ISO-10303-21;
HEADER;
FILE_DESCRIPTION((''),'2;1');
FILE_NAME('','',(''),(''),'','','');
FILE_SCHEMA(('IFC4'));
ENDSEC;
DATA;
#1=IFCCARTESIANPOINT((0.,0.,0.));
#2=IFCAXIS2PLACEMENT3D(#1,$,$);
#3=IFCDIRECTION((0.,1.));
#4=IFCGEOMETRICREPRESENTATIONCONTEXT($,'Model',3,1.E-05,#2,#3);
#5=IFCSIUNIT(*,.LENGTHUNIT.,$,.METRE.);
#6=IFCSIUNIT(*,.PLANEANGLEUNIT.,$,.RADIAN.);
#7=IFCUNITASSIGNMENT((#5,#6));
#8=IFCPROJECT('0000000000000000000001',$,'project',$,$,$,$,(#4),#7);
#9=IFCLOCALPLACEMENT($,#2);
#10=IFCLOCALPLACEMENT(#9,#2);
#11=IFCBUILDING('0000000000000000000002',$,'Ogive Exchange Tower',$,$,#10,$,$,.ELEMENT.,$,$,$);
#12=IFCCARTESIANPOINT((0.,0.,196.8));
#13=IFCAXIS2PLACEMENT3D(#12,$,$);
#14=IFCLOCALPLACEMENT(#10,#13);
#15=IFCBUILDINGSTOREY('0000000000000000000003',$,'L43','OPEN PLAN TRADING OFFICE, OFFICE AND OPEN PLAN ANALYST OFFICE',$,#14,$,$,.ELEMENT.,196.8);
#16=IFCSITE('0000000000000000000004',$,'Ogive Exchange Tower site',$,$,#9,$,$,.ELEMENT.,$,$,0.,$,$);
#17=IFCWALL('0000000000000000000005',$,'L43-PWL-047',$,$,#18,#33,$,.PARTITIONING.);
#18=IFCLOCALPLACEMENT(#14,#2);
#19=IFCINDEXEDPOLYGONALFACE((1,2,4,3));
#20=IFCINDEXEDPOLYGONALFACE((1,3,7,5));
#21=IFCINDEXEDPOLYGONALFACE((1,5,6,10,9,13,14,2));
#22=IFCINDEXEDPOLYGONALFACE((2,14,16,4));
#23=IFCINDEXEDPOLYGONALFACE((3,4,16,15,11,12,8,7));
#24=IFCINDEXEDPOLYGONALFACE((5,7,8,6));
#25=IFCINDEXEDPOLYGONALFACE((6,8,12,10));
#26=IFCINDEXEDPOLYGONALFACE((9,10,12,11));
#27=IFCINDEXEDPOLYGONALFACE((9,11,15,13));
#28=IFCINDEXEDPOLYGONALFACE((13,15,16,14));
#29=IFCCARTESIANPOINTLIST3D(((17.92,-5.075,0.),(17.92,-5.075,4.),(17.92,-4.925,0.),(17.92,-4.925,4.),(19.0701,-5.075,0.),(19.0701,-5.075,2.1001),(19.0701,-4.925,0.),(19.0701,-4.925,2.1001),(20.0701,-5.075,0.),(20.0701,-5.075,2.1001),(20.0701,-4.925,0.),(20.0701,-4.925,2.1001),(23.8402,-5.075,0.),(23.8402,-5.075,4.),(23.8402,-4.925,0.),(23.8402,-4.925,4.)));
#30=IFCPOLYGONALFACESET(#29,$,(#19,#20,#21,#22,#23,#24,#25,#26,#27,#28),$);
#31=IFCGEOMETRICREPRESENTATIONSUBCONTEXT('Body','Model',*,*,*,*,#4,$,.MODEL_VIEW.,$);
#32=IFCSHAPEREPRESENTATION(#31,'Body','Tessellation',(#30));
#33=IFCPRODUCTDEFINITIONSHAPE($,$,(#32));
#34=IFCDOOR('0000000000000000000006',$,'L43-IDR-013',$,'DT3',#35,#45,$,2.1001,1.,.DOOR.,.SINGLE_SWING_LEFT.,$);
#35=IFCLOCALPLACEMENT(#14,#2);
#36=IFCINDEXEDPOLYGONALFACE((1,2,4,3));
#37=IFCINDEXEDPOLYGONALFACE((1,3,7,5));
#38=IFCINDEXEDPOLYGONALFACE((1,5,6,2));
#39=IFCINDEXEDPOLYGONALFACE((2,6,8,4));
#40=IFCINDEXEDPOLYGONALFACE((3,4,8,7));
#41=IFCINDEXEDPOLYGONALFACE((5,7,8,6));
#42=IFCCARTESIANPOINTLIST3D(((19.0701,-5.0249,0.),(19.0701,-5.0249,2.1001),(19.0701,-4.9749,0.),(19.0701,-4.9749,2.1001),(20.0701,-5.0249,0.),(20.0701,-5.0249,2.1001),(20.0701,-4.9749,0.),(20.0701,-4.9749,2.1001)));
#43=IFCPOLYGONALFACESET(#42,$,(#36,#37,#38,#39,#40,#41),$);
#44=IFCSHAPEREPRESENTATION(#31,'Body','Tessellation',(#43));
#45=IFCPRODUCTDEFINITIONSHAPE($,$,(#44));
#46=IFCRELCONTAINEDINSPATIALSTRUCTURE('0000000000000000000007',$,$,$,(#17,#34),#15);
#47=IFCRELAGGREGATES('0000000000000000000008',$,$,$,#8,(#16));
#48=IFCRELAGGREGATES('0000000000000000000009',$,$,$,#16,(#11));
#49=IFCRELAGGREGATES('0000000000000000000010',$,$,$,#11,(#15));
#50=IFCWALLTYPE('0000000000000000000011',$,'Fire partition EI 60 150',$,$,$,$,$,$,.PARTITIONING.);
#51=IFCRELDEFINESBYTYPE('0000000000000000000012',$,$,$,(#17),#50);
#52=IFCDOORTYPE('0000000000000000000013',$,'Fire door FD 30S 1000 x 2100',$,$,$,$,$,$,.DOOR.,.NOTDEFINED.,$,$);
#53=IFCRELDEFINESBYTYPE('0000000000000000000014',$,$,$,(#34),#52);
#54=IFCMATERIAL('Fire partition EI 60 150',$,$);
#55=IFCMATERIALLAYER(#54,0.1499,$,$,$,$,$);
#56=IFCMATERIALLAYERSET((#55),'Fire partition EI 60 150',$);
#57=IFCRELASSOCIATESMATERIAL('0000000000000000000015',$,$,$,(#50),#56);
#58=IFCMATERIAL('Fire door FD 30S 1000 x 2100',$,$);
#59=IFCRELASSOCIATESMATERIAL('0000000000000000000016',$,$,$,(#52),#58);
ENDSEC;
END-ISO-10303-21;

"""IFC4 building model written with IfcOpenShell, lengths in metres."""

from ifc_helpers import new_model, si_unit, direction, frame, frame_2d, origin, place, context, subcontext, project, spatial, rectangle, extrude, material, layer, layer_set, type_object, element, fill, save


model = new_model("IFC4")

# Units and contexts
model_context = context("Model", 3, precision=1e-05, world=origin(), true_north=direction((0.0, 1.0)))
body_context = subcontext(model_context, "Body", "Model", "MODEL_VIEW")
ifc_project = project(units=[si_unit("LENGTHUNIT", "METRE"), si_unit("PLANEANGLEUNIT", "RADIAN")], contexts=[model_context])

# Site, building, storey
site_placement = place(None, origin())
site = spatial("IfcSite", under=ifc_project, at=site_placement, Name="Ogive Exchange Tower site", CompositionType="ELEMENT", RefElevation=0.0)
building_placement = place(site_placement, origin())
building = spatial("IfcBuilding", under=site, at=building_placement, Name="Ogive Exchange Tower", CompositionType="ELEMENT")
storey_placement = place(building_placement, frame((0.0, 0.0, 196.8)))
storey = spatial("IfcBuildingStorey", under=building, at=storey_placement, Name="L43", Description="OPEN PLAN TRADING OFFICE, OFFICE AND OPEN PLAN ANALYST OFFICE", CompositionType="ELEMENT", Elevation=196.8)

# Wall, opening, door
ifc_material_1 = material(Name="Fire partition EI 60 150")
ifc_layer_1 = layer(ifc_material_1, 0.1499)
ifc_layer_set_1 = layer_set([ifc_layer_1], Name="Fire partition EI 60 150")
wall_type_1 = type_object("IfcWallType", Name="Fire partition EI 60 150", PredefinedType="PARTITIONING", material=ifc_layer_set_1)
wall_1_placement = place(storey_placement, frame((23.8401, -5.0, 0.0), z_axis=(0.0, 0.0, 1.0), x_axis=(-1.0, 0.0, 0.0)))
wall_1 = element("IfcWall", 1, at=wall_1_placement, inside=storey, type_object=wall_type_1, Name="L43-PWL-047", PredefinedType="PARTITIONING", context=body_context, shape_type="SweptSolid", body=[
    extrude(rectangle(XDim=5.9202, YDim=0.1499, at=frame_2d((2.96, 0.0))), origin(), (0.0, 0.0, 1.0), 4.0),
])
opening_1_placement = place(wall_1_placement, frame((3.77, 0.0, 0.0)))
opening_1 = element("IfcOpeningElement", 2, at=opening_1_placement, cuts=wall_1, PredefinedType="OPENING", context=body_context, shape_type="SweptSolid", body=[
    extrude(rectangle(XDim=1.0, YDim=2.1001, at=frame_2d((0.5, 1.05))), frame((0.0, 0.085, 0.0), z_axis=(0.0, -1.0, 0.0), x_axis=(1.0, 0.0, 0.0)), (0.0, 0.0, 1.0), 0.1699),
])
ifc_material_2 = material(Name="Fire door FD 30S 1000 x 2100")
door_type_1 = type_object("IfcDoorType", Name="Fire door FD 30S 1000 x 2100", OperationType="NOTDEFINED", PredefinedType="DOOR", material=ifc_material_2)
door_1_placement = place(opening_1_placement, origin())
door_1 = element("IfcDoor", 3, at=door_1_placement, inside=storey, type_object=door_type_1, Name="L43-IDR-013", ObjectType="DT3", OperationType="SINGLE_SWING_LEFT", OverallHeight=2.1001, OverallWidth=1.0, PredefinedType="DOOR", context=body_context, shape_type="SweptSolid", body=[
    extrude(rectangle(XDim=1.0, YDim=2.1001, at=frame_2d((0.5, 1.05))), frame((0.0, 0.0249, 0.0), z_axis=(0.0, -1.0, 0.0), x_axis=(1.0, 0.0, 0.0)), (0.0, 0.0, 1.0), 0.05),
])
fill(opening_1, door_1)

save(model, "model.ifc")
